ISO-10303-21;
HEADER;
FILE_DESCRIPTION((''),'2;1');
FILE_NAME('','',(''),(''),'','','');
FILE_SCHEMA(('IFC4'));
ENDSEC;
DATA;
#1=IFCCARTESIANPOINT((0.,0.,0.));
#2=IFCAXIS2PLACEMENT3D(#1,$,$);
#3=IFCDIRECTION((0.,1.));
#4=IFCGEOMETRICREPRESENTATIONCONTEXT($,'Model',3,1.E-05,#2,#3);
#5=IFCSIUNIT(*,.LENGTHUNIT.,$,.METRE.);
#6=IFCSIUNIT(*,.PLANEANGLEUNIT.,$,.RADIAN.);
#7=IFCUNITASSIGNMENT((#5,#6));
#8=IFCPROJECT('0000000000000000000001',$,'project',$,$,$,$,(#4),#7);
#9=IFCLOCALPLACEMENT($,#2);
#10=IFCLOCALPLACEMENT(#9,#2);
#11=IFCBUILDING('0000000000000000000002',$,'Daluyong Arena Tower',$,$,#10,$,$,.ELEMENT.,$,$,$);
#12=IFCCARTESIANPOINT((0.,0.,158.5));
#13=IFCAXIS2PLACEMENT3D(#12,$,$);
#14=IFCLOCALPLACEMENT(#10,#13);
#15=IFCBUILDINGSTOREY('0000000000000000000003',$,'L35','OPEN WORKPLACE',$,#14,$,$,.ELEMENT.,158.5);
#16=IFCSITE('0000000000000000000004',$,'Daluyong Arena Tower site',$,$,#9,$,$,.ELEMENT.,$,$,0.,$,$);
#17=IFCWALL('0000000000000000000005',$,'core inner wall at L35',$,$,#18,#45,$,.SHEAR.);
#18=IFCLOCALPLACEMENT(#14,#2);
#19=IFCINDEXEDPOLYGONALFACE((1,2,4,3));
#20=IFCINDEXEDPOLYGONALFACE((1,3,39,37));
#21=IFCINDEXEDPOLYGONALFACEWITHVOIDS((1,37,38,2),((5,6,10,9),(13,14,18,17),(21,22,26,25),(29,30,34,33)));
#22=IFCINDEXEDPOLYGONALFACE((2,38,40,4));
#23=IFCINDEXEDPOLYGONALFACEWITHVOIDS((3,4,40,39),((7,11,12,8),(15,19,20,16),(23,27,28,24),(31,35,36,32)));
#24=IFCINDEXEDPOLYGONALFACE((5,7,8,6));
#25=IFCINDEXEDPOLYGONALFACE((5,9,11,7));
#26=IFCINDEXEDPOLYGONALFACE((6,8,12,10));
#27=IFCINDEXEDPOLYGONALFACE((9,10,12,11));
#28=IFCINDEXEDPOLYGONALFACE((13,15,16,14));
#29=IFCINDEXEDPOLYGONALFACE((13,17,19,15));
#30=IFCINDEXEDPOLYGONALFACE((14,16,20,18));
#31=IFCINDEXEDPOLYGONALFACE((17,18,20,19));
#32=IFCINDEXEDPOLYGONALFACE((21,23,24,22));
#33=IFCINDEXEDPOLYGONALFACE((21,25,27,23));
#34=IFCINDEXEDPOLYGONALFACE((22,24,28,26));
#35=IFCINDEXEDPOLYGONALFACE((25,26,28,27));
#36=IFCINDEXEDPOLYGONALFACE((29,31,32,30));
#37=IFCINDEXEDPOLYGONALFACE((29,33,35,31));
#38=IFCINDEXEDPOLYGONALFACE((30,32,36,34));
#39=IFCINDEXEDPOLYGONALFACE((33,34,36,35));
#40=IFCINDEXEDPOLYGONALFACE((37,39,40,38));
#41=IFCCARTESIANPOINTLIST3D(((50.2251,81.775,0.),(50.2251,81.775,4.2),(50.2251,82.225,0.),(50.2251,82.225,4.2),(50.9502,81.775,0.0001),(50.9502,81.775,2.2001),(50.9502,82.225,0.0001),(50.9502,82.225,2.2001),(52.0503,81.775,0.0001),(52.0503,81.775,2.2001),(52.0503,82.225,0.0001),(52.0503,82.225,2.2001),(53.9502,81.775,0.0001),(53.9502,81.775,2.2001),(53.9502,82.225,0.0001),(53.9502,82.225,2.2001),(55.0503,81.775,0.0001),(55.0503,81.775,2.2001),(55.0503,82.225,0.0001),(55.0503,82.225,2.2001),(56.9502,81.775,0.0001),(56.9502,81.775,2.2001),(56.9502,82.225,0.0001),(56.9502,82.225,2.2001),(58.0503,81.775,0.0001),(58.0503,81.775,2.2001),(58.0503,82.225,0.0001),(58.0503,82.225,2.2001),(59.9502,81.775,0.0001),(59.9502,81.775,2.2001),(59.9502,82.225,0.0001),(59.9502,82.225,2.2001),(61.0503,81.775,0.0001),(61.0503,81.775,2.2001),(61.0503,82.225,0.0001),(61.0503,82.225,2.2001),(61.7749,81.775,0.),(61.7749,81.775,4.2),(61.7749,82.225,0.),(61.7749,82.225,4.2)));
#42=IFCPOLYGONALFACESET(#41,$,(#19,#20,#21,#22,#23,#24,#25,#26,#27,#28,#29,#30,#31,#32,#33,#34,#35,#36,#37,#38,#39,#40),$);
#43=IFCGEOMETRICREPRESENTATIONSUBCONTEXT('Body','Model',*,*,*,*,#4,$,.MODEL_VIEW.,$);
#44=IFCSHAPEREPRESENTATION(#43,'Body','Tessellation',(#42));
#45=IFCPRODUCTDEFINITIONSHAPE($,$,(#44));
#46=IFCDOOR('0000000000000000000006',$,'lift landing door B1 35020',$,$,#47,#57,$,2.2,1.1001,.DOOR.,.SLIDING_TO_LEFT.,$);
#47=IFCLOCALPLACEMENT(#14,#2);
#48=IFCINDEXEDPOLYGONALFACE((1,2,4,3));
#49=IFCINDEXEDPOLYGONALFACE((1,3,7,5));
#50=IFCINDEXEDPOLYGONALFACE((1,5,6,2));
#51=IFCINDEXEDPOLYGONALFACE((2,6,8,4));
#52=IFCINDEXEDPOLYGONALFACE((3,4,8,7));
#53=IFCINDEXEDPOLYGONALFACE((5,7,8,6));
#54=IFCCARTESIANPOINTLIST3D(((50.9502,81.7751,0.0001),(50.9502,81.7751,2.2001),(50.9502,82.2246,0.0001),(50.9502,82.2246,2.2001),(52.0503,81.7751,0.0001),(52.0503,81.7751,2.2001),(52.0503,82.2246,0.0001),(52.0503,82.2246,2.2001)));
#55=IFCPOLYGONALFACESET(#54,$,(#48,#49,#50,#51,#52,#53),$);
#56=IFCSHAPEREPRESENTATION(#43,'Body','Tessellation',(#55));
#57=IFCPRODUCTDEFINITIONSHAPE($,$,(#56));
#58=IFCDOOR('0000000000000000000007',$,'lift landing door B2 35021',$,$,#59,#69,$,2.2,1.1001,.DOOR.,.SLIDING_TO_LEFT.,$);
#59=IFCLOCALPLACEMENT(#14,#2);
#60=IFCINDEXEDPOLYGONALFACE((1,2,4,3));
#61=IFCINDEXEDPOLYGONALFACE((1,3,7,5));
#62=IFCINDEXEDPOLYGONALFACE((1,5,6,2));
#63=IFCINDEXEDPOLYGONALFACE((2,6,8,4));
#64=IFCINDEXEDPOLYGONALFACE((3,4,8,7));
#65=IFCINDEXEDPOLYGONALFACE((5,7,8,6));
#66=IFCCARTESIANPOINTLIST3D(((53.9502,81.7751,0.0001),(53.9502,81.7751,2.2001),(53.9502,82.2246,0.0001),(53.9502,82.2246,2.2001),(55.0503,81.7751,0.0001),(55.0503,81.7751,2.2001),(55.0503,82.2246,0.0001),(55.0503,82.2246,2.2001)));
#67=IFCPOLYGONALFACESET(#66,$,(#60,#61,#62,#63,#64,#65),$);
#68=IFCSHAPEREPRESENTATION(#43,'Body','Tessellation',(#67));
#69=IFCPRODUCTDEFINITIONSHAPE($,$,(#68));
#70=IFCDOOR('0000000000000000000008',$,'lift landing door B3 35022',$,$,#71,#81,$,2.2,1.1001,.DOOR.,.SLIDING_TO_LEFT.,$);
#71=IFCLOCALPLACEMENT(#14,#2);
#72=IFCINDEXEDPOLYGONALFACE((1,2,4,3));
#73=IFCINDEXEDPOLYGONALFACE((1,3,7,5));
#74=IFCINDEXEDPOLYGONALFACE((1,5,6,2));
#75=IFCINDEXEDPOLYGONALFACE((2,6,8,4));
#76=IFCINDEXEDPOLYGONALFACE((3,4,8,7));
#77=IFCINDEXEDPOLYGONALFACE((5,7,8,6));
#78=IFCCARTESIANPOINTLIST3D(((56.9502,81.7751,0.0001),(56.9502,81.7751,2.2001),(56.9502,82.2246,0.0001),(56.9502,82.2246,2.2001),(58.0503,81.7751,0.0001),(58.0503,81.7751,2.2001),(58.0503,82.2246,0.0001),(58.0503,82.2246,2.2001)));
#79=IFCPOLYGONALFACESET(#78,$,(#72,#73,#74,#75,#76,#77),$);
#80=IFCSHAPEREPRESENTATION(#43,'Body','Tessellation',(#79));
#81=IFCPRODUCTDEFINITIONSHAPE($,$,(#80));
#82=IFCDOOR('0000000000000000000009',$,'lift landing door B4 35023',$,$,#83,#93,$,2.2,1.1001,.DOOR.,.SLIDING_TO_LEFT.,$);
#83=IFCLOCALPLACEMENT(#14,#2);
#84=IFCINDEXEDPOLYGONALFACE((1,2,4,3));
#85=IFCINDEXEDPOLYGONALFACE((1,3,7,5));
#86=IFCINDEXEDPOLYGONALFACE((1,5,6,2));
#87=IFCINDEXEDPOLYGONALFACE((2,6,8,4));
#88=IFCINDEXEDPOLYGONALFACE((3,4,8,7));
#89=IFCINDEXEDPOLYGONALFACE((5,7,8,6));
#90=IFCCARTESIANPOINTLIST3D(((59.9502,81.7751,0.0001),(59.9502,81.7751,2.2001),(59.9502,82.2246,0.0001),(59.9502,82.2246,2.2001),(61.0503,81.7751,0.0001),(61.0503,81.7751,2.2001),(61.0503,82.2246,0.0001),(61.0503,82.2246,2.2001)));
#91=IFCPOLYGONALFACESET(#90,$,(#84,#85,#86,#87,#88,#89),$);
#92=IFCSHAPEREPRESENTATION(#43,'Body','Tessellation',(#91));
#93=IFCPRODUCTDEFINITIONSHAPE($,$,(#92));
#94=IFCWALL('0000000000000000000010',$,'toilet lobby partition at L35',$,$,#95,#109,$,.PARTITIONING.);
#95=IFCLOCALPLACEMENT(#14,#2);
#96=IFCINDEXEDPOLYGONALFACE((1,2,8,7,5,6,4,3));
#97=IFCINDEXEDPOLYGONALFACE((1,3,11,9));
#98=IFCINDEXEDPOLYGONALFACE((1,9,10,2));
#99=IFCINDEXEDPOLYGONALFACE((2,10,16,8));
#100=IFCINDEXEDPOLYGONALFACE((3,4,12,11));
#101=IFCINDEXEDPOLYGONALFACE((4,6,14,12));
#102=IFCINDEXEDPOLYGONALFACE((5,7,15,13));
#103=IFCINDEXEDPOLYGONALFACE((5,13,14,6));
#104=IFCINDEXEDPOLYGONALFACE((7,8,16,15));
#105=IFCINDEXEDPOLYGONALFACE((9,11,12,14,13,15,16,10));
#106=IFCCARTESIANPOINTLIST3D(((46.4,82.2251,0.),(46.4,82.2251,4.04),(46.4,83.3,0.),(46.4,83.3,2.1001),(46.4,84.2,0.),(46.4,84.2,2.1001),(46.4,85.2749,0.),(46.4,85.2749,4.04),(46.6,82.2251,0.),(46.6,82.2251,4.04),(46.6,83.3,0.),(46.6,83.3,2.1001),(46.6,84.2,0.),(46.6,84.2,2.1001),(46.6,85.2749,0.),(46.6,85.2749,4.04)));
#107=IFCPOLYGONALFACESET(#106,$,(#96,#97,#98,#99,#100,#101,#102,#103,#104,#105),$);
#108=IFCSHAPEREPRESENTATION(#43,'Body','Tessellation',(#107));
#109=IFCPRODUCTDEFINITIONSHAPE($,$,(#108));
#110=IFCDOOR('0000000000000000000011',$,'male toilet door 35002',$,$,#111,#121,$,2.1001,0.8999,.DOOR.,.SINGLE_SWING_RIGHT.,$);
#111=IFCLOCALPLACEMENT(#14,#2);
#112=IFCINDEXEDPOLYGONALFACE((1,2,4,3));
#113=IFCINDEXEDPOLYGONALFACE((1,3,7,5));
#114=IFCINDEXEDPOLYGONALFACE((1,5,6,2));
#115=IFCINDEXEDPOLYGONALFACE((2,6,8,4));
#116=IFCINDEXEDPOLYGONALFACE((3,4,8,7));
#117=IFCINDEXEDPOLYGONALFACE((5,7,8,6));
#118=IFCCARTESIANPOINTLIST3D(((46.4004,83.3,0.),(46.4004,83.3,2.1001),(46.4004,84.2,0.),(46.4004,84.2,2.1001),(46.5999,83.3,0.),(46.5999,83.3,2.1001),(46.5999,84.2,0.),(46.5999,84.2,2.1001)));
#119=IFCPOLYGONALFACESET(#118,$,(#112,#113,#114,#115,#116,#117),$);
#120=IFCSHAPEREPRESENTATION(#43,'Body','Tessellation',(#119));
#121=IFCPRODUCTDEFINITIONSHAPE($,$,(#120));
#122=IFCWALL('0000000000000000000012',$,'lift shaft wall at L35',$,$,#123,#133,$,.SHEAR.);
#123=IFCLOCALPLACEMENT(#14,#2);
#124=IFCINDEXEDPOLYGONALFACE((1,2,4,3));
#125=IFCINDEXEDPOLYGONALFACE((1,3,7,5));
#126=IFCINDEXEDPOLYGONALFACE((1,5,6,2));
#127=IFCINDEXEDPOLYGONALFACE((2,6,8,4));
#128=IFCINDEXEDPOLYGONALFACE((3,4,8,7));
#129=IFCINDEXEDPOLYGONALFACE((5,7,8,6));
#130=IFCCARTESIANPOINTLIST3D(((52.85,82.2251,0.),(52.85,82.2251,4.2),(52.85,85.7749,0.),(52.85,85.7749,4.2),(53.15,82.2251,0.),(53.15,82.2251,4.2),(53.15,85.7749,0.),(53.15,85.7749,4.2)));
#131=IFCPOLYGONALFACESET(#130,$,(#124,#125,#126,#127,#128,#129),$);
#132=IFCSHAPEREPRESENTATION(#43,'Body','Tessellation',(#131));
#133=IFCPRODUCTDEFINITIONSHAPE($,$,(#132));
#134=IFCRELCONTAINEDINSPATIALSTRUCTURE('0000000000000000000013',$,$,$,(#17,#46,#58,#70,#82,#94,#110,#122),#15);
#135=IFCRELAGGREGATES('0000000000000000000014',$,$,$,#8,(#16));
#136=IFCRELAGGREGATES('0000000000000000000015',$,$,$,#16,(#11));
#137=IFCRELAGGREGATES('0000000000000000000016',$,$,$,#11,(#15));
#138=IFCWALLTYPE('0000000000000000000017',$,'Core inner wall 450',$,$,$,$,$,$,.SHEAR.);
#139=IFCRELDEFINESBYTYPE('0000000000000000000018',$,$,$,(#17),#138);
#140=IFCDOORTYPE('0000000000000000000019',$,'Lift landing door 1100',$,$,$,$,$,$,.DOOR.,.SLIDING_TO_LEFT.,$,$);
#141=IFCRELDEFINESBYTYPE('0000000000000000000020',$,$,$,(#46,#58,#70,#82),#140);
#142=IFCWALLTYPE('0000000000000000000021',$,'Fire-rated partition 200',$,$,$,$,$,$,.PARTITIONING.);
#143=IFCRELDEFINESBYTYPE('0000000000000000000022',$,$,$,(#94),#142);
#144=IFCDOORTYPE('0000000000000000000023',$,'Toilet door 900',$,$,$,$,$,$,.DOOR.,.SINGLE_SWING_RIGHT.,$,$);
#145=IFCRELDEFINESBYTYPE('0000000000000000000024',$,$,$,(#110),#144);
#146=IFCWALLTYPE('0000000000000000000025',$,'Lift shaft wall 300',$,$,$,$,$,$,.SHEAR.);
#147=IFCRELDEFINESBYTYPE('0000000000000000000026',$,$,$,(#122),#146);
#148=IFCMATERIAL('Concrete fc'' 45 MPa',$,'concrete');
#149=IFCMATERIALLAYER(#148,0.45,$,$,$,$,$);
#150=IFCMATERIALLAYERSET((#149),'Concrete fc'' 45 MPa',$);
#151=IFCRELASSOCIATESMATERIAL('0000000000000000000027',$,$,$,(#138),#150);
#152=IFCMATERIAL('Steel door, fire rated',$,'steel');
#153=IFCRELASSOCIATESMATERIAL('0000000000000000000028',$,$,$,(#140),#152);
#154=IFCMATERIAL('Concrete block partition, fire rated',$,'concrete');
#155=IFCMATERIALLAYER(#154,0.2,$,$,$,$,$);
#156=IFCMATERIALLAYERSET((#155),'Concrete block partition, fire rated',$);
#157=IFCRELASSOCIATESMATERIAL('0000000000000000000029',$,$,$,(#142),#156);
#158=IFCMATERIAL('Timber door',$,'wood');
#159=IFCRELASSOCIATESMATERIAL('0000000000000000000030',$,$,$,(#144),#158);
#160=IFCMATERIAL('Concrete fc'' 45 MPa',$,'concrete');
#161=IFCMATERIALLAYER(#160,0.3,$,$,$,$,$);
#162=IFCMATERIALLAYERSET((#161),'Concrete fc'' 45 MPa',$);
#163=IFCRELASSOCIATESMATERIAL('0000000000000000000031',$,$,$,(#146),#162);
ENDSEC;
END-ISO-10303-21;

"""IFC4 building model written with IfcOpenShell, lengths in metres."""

from ifc_helpers import new_model, si_unit, direction, frame, frame_2d, origin, place, context, subcontext, project, spatial, rectangle, extrude, material, layer, layer_set, type_object, element, fill, save


model = new_model("IFC4")

# Units and contexts
model_context = context("Model", 3, precision=1e-05, world=origin(), true_north=direction((0.0, 1.0)))
body_context = subcontext(model_context, "Body", "Model", "MODEL_VIEW")
ifc_project = project(units=[si_unit("LENGTHUNIT", "METRE"), si_unit("PLANEANGLEUNIT", "RADIAN")], contexts=[model_context])

# Site, building, storey
site_placement = place(None, origin())
site = spatial("IfcSite", under=ifc_project, at=site_placement, Name="Daluyong Arena Tower site", CompositionType="ELEMENT", RefElevation=0.0)
building_placement = place(site_placement, origin())
building = spatial("IfcBuilding", under=site, at=building_placement, Name="Daluyong Arena Tower", CompositionType="ELEMENT")
storey_placement = place(building_placement, frame((0.0, 0.0, 158.5)))
storey = spatial("IfcBuildingStorey", under=building, at=storey_placement, Name="L35", Description="OPEN WORKPLACE", CompositionType="ELEMENT", Elevation=158.5)

# Wall, openings, doors
ifc_material_1 = material(Name="Concrete fc' 45 MPa", Category="concrete")
ifc_layer_1 = layer(ifc_material_1, 0.45)
ifc_layer_set_1 = layer_set([ifc_layer_1], Name="Concrete fc' 45 MPa")
wall_type_1 = type_object("IfcWallType", Name="Core inner wall 450", PredefinedType="SHEAR", material=ifc_layer_set_1)
wall_1_placement = place(storey_placement, frame((50.2251, 82.0, 0.0), z_axis=(0.0, 0.0, 1.0), x_axis=(1.0, 0.0, 0.0)))
wall_1 = element("IfcWall", 1, at=wall_1_placement, inside=storey, type_object=wall_type_1, Name="core inner wall at L35", PredefinedType="SHEAR", context=body_context, shape_type="SweptSolid", body=[
    extrude(rectangle(XDim=11.5498, YDim=0.45, at=frame_2d((5.7749, 0.0))), origin(), (0.0, 0.0, 1.0), 4.2),
])
opening_1_placement = place(wall_1_placement, frame((0.7251, 0.0, 0.0)))
opening_1 = element("IfcOpeningElement", 2, at=opening_1_placement, cuts=wall_1, PredefinedType="OPENING", context=body_context, shape_type="SweptSolid", body=[
    extrude(rectangle(XDim=1.1001, YDim=2.2, at=frame_2d((0.55, 1.1001))), frame((0.0, 0.2349, 0.0), z_axis=(0.0, -1.0, 0.0), x_axis=(1.0, 0.0, 0.0)), (0.0, 0.0, 1.0), 0.47),
])
opening_2_placement = place(wall_1_placement, frame((3.7251, 0.0, 0.0)))
opening_2 = element("IfcOpeningElement", 3, at=opening_2_placement, cuts=wall_1, PredefinedType="OPENING", context=body_context, shape_type="SweptSolid", body=[
    extrude(rectangle(XDim=1.1001, YDim=2.2, at=frame_2d((0.55, 1.1001))), frame((0.0, 0.2349, 0.0), z_axis=(0.0, -1.0, 0.0), x_axis=(1.0, 0.0, 0.0)), (0.0, 0.0, 1.0), 0.47),
])
opening_3_placement = place(wall_1_placement, frame((6.7251, 0.0, 0.0)))
opening_3 = element("IfcOpeningElement", 4, at=opening_3_placement, cuts=wall_1, PredefinedType="OPENING", context=body_context, shape_type="SweptSolid", body=[
    extrude(rectangle(XDim=1.1001, YDim=2.2, at=frame_2d((0.55, 1.1001))), frame((0.0, 0.2349, 0.0), z_axis=(0.0, -1.0, 0.0), x_axis=(1.0, 0.0, 0.0)), (0.0, 0.0, 1.0), 0.47),
])
opening_4_placement = place(wall_1_placement, frame((9.7251, 0.0, 0.0)))
opening_4 = element("IfcOpeningElement", 5, at=opening_4_placement, cuts=wall_1, PredefinedType="OPENING", context=body_context, shape_type="SweptSolid", body=[
    extrude(rectangle(XDim=1.1001, YDim=2.2, at=frame_2d((0.55, 1.1001))), frame((0.0, 0.2349, 0.0), z_axis=(0.0, -1.0, 0.0), x_axis=(1.0, 0.0, 0.0)), (0.0, 0.0, 1.0), 0.47),
])
ifc_material_2 = material(Name="Steel door, fire rated", Category="steel")
door_type_1 = type_object("IfcDoorType", Name="Lift landing door 1100", OperationType="SLIDING_TO_LEFT", PredefinedType="DOOR", material=ifc_material_2)
door_1_placement = place(opening_1_placement, origin())
door_1 = element("IfcDoor", 6, at=door_1_placement, inside=storey, type_object=door_type_1, Name="lift landing door B1 35020", OperationType="SLIDING_TO_LEFT", OverallHeight=2.2, OverallWidth=1.1001, PredefinedType="DOOR", context=body_context, shape_type="SweptSolid", body=[
    extrude(rectangle(XDim=1.1001, YDim=2.2, at=frame_2d((0.55, 1.1001))), frame((0.0, 0.2246, 0.0), z_axis=(0.0, -1.0, 0.0), x_axis=(1.0, 0.0, 0.0)), (0.0, 0.0, 1.0), 0.4495),
])
fill(opening_1, door_1)
door_2_placement = place(opening_2_placement, origin())
door_2 = element("IfcDoor", 7, at=door_2_placement, inside=storey, type_object=door_type_1, Name="lift landing door B2 35021", OperationType="SLIDING_TO_LEFT", OverallHeight=2.2, OverallWidth=1.1001, PredefinedType="DOOR", context=body_context, shape_type="SweptSolid", body=[
    extrude(rectangle(XDim=1.1001, YDim=2.2, at=frame_2d((0.55, 1.1001))), frame((0.0, 0.2246, 0.0), z_axis=(0.0, -1.0, 0.0), x_axis=(1.0, 0.0, 0.0)), (0.0, 0.0, 1.0), 0.4495),
])
fill(opening_2, door_2)
door_3_placement = place(opening_3_placement, origin())
door_3 = element("IfcDoor", 8, at=door_3_placement, inside=storey, type_object=door_type_1, Name="lift landing door B3 35022", OperationType="SLIDING_TO_LEFT", OverallHeight=2.2, OverallWidth=1.1001, PredefinedType="DOOR", context=body_context, shape_type="SweptSolid", body=[
    extrude(rectangle(XDim=1.1001, YDim=2.2, at=frame_2d((0.55, 1.1001))), frame((0.0, 0.2246, 0.0), z_axis=(0.0, -1.0, 0.0), x_axis=(1.0, 0.0, 0.0)), (0.0, 0.0, 1.0), 0.4495),
])
fill(opening_3, door_3)
door_4_placement = place(opening_4_placement, origin())
door_4 = element("IfcDoor", 9, at=door_4_placement, inside=storey, type_object=door_type_1, Name="lift landing door B4 35023", OperationType="SLIDING_TO_LEFT", OverallHeight=2.2, OverallWidth=1.1001, PredefinedType="DOOR", context=body_context, shape_type="SweptSolid", body=[
    extrude(rectangle(XDim=1.1001, YDim=2.2, at=frame_2d((0.55, 1.1001))), frame((0.0, 0.2246, 0.0), z_axis=(0.0, -1.0, 0.0), x_axis=(1.0, 0.0, 0.0)), (0.0, 0.0, 1.0), 0.4495),
])
fill(opening_4, door_4)

# Wall, opening, door
ifc_material_3 = material(Name="Concrete block partition, fire rated", Category="concrete")
ifc_layer_2 = layer(ifc_material_3, 0.2)
ifc_layer_set_2 = layer_set([ifc_layer_2], Name="Concrete block partition, fire rated")
wall_type_2 = type_object("IfcWallType", Name="Fire-rated partition 200", PredefinedType="PARTITIONING", material=ifc_layer_set_2)
wall_2_placement = place(storey_placement, frame((46.5, 82.2251, 0.0), z_axis=(0.0, 0.0, 1.0), x_axis=(0.0, 1.0, 0.0)))
wall_2 = element("IfcWall", 10, at=wall_2_placement, inside=storey, type_object=wall_type_2, Name="toilet lobby partition at L35", PredefinedType="PARTITIONING", context=body_context, shape_type="SweptSolid", body=[
    extrude(rectangle(XDim=3.0498, YDim=0.2, at=frame_2d((1.5249, 0.0))), origin(), (0.0, 0.0, 1.0), 4.04),
])
opening_5_placement = place(wall_2_placement, frame((1.075, 0.0, 0.0)))
opening_5 = element("IfcOpeningElement", 11, at=opening_5_placement, cuts=wall_2, PredefinedType="OPENING", context=body_context, shape_type="SweptSolid", body=[
    extrude(rectangle(XDim=0.8999, YDim=2.1001, at=frame_2d((0.45, 1.05))), frame((0.0, 0.1099, 0.0), z_axis=(0.0, -1.0, 0.0), x_axis=(1.0, 0.0, 0.0)), (0.0, 0.0, 1.0), 0.22),
])
ifc_material_4 = material(Name="Timber door", Category="wood")
door_type_2 = type_object("IfcDoorType", Name="Toilet door 900", OperationType="SINGLE_SWING_RIGHT", PredefinedType="DOOR", material=ifc_material_4)
door_5_placement = place(opening_5_placement, origin())
door_5 = element("IfcDoor", 12, at=door_5_placement, inside=storey, type_object=door_type_2, Name="male toilet door 35002", OperationType="SINGLE_SWING_RIGHT", OverallHeight=2.1001, OverallWidth=0.8999, PredefinedType="DOOR", context=body_context, shape_type="SweptSolid", body=[
    extrude(rectangle(XDim=0.8999, YDim=2.1001, at=frame_2d((0.45, 1.05))), frame((0.0, 0.0996, 0.0), z_axis=(0.0, -1.0, 0.0), x_axis=(1.0, 0.0, 0.0)), (0.0, 0.0, 1.0), 0.1995),
])
fill(opening_5, door_5)

# Wall
ifc_material_5 = material(Name="Concrete fc' 45 MPa", Category="concrete")
ifc_layer_3 = layer(ifc_material_5, 0.3)
ifc_layer_set_3 = layer_set([ifc_layer_3], Name="Concrete fc' 45 MPa")
wall_type_3 = type_object("IfcWallType", Name="Lift shaft wall 300", PredefinedType="SHEAR", material=ifc_layer_set_3)
wall_3_placement = place(storey_placement, frame((53.0, 82.2251, 0.0), z_axis=(0.0, 0.0, 1.0), x_axis=(0.0, 1.0, 0.0)))
element("IfcWall", 13, at=wall_3_placement, inside=storey, type_object=wall_type_3, Name="lift shaft wall at L35", PredefinedType="SHEAR", context=body_context, shape_type="SweptSolid", body=[
    extrude(rectangle(XDim=3.5498, YDim=0.3, at=frame_2d((1.7749, 0.0))), origin(), (0.0, 0.0, 1.0), 4.2),
])

save(model, "model.ifc")
